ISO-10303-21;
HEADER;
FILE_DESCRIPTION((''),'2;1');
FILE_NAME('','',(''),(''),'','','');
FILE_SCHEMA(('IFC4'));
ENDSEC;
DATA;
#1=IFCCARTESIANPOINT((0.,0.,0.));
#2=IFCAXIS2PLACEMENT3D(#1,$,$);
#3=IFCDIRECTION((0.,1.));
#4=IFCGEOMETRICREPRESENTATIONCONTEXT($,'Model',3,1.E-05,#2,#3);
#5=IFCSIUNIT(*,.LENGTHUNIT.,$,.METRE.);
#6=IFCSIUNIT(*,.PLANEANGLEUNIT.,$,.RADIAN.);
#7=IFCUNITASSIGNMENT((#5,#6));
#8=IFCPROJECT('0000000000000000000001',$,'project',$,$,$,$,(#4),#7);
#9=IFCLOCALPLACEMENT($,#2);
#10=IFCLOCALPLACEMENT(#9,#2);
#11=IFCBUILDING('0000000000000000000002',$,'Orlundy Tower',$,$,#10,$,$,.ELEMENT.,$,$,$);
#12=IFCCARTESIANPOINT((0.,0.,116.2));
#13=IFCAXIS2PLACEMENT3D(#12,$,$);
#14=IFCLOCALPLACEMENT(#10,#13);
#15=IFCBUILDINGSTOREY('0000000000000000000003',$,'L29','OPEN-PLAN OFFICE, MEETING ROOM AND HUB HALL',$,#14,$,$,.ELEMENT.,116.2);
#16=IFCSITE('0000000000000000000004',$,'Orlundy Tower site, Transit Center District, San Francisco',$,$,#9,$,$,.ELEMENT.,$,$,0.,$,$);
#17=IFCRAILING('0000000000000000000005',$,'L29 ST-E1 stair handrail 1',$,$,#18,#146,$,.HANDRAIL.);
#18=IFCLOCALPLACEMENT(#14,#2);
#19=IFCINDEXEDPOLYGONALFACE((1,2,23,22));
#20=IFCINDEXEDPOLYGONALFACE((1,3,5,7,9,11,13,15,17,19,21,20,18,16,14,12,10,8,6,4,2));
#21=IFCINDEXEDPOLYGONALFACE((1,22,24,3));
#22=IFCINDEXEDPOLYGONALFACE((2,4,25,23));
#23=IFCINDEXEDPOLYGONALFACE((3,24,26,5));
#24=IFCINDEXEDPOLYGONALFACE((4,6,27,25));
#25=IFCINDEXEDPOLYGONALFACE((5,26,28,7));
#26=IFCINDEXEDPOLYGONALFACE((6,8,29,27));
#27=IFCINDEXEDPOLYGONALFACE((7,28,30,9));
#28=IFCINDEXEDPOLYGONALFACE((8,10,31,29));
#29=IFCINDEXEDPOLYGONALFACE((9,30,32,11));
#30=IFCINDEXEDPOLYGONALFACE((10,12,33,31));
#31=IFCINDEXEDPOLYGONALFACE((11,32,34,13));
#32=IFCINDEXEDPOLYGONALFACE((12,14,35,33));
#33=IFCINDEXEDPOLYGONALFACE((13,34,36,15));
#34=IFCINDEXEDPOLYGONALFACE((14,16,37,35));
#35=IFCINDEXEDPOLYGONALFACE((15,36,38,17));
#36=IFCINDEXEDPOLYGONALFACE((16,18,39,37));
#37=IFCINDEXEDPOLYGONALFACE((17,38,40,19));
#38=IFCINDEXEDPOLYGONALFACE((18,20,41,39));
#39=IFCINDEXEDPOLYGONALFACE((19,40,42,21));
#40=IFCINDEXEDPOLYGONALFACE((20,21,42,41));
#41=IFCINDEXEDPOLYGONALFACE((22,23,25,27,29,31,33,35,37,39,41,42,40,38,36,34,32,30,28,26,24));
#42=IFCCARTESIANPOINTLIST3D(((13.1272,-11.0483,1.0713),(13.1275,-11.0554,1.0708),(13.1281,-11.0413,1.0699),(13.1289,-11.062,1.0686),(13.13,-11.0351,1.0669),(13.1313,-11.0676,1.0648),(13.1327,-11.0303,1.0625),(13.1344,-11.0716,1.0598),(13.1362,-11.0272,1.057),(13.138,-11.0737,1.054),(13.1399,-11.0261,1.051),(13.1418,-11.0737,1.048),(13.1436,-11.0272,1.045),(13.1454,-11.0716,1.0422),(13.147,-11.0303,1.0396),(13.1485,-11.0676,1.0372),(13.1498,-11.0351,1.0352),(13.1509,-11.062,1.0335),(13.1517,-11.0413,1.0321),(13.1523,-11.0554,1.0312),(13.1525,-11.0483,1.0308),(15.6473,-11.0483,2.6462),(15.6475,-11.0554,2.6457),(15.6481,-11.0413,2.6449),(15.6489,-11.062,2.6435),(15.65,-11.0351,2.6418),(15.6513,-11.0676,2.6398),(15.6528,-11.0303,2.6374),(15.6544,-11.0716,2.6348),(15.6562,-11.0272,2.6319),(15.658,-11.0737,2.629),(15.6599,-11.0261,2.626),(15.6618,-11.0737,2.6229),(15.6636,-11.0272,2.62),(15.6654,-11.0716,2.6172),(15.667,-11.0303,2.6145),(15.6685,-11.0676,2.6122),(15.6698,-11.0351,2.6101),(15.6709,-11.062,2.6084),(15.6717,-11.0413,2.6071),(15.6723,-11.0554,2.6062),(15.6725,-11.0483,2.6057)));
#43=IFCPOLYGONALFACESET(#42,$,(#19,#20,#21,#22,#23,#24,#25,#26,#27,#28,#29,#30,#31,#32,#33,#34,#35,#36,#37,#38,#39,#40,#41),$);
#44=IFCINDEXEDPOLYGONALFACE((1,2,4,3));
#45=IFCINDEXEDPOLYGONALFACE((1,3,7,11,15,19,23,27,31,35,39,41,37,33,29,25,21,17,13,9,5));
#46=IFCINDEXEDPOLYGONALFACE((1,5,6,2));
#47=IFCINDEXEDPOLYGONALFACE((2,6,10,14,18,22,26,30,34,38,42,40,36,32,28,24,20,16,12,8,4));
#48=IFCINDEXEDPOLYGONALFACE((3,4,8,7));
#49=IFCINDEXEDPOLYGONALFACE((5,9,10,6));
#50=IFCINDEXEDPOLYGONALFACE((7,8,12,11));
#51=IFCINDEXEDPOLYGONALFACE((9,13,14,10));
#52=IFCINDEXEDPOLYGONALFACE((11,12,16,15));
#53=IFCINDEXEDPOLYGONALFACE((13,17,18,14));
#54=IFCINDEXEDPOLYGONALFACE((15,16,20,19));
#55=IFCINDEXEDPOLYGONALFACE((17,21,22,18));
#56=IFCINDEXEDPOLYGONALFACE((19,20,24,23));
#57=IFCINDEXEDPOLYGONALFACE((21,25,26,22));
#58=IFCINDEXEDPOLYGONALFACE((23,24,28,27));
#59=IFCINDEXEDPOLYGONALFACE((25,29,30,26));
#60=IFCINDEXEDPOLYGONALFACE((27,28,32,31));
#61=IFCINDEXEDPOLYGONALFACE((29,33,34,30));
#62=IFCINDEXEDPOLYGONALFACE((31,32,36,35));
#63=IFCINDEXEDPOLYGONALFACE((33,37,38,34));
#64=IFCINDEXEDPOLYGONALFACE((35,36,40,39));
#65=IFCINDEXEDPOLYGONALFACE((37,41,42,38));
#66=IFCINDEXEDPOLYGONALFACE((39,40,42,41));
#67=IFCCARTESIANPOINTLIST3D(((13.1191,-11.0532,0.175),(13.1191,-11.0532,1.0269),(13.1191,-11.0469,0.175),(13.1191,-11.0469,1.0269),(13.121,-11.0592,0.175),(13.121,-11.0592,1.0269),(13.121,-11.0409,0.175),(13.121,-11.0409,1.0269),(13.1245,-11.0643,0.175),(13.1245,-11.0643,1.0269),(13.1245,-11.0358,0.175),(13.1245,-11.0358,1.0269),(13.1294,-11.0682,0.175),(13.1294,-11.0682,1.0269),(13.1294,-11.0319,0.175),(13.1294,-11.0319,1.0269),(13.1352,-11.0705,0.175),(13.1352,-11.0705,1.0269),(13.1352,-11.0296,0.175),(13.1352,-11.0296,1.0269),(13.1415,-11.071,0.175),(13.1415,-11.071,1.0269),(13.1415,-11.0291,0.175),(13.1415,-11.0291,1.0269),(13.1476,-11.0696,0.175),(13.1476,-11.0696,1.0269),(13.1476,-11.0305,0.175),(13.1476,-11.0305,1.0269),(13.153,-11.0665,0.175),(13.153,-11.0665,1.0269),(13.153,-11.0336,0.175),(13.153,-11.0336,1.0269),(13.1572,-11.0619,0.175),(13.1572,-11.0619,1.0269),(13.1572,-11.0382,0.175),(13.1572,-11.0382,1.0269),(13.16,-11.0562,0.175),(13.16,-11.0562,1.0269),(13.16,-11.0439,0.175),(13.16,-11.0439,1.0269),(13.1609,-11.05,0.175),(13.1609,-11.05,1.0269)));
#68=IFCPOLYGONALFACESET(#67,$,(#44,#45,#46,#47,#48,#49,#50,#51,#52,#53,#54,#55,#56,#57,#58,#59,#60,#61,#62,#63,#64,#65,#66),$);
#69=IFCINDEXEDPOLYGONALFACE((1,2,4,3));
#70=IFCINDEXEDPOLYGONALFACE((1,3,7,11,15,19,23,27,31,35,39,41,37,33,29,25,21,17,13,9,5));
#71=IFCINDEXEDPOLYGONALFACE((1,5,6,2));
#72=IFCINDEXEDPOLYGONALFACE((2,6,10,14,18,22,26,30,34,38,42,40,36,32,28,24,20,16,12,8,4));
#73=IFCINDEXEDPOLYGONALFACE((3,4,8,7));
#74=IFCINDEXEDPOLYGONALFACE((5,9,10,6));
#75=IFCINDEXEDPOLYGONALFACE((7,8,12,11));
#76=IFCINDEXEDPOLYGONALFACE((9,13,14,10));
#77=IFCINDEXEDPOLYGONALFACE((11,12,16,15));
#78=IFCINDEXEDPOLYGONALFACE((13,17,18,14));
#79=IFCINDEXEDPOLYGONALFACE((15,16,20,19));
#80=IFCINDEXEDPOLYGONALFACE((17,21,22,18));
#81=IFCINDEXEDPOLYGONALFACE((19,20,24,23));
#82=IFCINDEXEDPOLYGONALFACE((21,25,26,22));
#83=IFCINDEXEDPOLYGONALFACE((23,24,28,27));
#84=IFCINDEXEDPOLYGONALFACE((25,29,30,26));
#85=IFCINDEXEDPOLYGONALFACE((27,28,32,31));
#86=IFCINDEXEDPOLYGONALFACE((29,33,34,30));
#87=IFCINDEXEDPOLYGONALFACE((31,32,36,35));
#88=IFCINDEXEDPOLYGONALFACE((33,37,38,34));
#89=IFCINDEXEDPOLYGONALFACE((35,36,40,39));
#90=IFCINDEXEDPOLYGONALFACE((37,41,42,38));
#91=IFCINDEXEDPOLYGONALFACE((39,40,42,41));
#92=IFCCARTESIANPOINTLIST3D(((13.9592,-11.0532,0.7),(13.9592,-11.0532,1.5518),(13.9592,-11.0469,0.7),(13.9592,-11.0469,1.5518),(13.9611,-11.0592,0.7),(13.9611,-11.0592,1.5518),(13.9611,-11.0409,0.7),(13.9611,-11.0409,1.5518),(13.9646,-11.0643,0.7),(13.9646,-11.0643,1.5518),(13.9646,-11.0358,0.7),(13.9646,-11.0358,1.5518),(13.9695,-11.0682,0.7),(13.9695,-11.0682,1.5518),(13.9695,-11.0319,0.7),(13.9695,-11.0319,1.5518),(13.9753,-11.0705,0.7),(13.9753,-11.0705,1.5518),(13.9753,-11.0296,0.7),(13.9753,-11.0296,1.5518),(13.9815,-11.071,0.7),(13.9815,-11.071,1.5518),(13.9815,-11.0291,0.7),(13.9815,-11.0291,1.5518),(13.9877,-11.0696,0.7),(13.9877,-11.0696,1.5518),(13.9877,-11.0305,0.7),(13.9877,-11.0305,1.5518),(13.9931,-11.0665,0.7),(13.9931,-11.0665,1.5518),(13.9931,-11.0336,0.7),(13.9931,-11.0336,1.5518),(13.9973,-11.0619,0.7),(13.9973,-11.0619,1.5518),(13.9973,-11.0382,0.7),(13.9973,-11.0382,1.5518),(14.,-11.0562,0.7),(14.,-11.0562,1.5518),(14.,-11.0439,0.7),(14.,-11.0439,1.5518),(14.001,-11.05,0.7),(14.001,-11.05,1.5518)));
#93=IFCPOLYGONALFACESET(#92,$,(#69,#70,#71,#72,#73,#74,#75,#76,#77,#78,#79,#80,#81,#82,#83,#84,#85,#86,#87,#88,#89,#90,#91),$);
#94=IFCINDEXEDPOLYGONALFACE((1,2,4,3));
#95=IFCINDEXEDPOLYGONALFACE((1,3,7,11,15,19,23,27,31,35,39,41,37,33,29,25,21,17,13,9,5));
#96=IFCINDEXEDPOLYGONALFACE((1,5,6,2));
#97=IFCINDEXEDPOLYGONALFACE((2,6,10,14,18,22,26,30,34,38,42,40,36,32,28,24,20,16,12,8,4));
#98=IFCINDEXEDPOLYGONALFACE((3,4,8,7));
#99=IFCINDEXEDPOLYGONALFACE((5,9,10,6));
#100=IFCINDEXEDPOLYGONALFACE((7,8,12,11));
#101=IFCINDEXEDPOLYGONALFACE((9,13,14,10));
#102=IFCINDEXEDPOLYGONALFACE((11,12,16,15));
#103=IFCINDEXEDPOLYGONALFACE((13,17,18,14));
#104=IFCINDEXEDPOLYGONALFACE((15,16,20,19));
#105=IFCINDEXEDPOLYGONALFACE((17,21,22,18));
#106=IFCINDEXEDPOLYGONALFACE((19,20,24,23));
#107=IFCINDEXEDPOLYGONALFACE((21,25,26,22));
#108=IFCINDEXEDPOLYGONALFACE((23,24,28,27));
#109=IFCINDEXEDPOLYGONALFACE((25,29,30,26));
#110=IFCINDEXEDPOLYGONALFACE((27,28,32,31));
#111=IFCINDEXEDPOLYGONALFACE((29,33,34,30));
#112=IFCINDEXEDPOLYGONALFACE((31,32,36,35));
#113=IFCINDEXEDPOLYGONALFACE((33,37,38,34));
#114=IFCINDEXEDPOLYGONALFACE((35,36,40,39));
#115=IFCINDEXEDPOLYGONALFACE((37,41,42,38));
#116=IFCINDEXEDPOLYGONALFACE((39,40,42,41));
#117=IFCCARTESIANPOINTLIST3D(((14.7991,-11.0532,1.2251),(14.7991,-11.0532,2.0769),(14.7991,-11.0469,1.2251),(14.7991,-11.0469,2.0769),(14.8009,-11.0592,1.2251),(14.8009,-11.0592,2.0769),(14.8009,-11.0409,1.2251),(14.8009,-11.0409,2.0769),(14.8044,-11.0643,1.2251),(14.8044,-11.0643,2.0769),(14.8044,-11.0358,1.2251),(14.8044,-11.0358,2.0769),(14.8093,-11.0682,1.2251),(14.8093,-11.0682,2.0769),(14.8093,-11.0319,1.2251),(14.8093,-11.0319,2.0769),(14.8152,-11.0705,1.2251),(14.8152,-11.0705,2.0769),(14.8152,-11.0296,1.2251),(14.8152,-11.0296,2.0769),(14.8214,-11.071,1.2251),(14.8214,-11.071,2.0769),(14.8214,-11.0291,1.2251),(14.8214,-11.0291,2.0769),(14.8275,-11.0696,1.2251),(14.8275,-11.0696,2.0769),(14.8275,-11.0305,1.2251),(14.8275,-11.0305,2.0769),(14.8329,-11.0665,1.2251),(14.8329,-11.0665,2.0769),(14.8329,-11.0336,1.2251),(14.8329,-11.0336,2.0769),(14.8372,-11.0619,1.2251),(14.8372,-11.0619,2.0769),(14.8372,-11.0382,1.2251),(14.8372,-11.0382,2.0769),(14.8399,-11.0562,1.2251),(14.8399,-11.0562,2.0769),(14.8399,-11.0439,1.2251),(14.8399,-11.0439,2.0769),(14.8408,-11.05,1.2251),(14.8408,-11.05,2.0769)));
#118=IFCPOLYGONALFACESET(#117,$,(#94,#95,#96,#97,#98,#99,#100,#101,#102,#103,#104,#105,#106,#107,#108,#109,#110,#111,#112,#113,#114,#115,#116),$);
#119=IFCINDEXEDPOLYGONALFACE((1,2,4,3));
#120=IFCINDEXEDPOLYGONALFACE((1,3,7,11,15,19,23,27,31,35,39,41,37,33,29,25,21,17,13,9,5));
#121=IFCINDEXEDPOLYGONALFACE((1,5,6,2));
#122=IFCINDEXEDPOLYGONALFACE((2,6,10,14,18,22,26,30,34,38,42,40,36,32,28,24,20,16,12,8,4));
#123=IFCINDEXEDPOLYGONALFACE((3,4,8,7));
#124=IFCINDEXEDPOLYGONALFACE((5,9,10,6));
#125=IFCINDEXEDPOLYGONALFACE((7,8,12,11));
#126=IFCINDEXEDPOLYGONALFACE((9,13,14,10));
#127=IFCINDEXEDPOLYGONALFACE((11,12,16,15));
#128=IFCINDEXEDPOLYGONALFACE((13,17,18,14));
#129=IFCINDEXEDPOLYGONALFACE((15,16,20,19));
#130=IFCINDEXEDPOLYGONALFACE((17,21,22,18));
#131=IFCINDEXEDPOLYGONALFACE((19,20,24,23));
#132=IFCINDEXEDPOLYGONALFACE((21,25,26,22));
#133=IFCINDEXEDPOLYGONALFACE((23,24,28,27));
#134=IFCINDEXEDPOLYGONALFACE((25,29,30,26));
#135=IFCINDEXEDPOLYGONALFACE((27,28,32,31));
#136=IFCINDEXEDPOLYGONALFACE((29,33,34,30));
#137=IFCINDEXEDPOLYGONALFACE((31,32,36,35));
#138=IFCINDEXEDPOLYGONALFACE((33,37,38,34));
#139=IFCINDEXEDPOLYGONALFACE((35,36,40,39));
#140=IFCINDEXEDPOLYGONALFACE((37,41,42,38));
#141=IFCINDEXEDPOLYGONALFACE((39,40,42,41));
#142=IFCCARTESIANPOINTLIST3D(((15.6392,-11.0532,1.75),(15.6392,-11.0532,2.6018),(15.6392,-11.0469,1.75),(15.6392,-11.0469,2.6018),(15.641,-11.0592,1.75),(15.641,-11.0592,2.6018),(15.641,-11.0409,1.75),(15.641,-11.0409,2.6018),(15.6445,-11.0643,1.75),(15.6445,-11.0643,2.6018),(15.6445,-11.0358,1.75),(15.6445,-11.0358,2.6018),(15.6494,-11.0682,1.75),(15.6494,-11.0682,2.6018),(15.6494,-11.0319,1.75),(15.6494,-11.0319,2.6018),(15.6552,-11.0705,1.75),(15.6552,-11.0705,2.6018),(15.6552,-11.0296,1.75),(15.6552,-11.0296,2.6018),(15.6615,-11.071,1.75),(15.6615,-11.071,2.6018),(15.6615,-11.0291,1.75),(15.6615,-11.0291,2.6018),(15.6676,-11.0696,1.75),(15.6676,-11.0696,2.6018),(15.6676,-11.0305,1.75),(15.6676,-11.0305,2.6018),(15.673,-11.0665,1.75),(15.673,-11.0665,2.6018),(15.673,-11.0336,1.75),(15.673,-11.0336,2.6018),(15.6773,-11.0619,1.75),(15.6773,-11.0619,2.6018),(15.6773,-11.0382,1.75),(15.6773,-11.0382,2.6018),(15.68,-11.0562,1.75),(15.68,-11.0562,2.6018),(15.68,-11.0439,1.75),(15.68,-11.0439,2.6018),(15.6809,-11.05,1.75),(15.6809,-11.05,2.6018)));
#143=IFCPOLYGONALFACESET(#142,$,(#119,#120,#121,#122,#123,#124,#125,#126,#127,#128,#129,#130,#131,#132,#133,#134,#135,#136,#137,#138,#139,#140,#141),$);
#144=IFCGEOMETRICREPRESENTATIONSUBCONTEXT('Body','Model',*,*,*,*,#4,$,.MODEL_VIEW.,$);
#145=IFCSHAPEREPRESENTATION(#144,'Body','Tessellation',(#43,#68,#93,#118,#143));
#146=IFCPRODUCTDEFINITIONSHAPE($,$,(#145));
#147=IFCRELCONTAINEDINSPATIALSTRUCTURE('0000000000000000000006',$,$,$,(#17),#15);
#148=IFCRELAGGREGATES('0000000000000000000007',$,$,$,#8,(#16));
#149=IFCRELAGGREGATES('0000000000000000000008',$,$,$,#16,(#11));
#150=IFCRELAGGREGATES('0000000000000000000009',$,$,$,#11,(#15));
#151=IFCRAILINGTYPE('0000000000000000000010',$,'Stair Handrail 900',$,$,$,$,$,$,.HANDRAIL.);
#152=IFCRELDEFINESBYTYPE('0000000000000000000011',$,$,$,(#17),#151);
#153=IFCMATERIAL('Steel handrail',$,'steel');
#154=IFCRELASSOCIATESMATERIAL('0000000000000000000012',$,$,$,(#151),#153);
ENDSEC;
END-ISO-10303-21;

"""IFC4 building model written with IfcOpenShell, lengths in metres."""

from ifc_helpers import new_model, si_unit, direction, frame, origin, origin_2d, place, context, subcontext, project, spatial, circle, extrude, material, type_object, element, save


model = new_model("IFC4")

# Units and contexts
model_context = context("Model", 3, precision=1e-05, world=origin(), true_north=direction((0.0, 1.0)))
body_context = subcontext(model_context, "Body", "Model", "MODEL_VIEW")
ifc_project = project(units=[si_unit("LENGTHUNIT", "METRE"), si_unit("PLANEANGLEUNIT", "RADIAN")], contexts=[model_context])

# Site, building, storey
site_placement = place(None, origin())
site = spatial("IfcSite", under=ifc_project, at=site_placement, Name="Orlundy Tower site, Transit Center District, San Francisco", CompositionType="ELEMENT", RefElevation=0.0)
building_placement = place(site_placement, origin())
building = spatial("IfcBuilding", under=site, at=building_placement, Name="Orlundy Tower", CompositionType="ELEMENT")
storey_placement = place(building_placement, frame((0.0, 0.0, 116.2)))
storey = spatial("IfcBuildingStorey", under=building, at=storey_placement, Name="L29", Description="OPEN-PLAN OFFICE, MEETING ROOM AND HUB HALL", CompositionType="ELEMENT", Elevation=116.2)

# Railing
ifc_material_1 = material(Name="Steel handrail", Category="steel")
railing_type_1 = type_object("IfcRailingType", Name="Stair Handrail 900", PredefinedType="HANDRAIL", material=ifc_material_1)
railing_1_placement = place(storey_placement, frame((13.1399, -11.05, 0.175)))
element("IfcRailing", 1, at=railing_1_placement, inside=storey, type_object=railing_type_1, Name="L29 ST-E1 stair handrail 1", PredefinedType="HANDRAIL", context=body_context, shape_type="SweptSolid", body=[
    extrude(circle(Radius=0.0239, at=origin_2d()), frame((0.0, 0.0, 0.876), z_axis=(0.848008, 0.0, 0.529984), x_axis=(0.0, 1.0, 0.0)), (0.0, 0.0, 1.0), 2.9717),
    extrude(circle(Radius=0.021, at=origin_2d()), origin(), (0.0, 0.0, 1.0), 0.8518),
    extrude(circle(Radius=0.021, at=origin_2d()), frame((0.8401, 0.0, 0.5249)), (0.0, 0.0, 1.0), 0.8518),
    extrude(circle(Radius=0.021, at=origin_2d()), frame((1.6799, 0.0, 1.05)), (0.0, 0.0, 1.0), 0.8518),
    extrude(circle(Radius=0.021, at=origin_2d()), frame((2.52, 0.0, 1.575)), (0.0, 0.0, 1.0), 0.8518),
])

save(model, "model.ifc")
